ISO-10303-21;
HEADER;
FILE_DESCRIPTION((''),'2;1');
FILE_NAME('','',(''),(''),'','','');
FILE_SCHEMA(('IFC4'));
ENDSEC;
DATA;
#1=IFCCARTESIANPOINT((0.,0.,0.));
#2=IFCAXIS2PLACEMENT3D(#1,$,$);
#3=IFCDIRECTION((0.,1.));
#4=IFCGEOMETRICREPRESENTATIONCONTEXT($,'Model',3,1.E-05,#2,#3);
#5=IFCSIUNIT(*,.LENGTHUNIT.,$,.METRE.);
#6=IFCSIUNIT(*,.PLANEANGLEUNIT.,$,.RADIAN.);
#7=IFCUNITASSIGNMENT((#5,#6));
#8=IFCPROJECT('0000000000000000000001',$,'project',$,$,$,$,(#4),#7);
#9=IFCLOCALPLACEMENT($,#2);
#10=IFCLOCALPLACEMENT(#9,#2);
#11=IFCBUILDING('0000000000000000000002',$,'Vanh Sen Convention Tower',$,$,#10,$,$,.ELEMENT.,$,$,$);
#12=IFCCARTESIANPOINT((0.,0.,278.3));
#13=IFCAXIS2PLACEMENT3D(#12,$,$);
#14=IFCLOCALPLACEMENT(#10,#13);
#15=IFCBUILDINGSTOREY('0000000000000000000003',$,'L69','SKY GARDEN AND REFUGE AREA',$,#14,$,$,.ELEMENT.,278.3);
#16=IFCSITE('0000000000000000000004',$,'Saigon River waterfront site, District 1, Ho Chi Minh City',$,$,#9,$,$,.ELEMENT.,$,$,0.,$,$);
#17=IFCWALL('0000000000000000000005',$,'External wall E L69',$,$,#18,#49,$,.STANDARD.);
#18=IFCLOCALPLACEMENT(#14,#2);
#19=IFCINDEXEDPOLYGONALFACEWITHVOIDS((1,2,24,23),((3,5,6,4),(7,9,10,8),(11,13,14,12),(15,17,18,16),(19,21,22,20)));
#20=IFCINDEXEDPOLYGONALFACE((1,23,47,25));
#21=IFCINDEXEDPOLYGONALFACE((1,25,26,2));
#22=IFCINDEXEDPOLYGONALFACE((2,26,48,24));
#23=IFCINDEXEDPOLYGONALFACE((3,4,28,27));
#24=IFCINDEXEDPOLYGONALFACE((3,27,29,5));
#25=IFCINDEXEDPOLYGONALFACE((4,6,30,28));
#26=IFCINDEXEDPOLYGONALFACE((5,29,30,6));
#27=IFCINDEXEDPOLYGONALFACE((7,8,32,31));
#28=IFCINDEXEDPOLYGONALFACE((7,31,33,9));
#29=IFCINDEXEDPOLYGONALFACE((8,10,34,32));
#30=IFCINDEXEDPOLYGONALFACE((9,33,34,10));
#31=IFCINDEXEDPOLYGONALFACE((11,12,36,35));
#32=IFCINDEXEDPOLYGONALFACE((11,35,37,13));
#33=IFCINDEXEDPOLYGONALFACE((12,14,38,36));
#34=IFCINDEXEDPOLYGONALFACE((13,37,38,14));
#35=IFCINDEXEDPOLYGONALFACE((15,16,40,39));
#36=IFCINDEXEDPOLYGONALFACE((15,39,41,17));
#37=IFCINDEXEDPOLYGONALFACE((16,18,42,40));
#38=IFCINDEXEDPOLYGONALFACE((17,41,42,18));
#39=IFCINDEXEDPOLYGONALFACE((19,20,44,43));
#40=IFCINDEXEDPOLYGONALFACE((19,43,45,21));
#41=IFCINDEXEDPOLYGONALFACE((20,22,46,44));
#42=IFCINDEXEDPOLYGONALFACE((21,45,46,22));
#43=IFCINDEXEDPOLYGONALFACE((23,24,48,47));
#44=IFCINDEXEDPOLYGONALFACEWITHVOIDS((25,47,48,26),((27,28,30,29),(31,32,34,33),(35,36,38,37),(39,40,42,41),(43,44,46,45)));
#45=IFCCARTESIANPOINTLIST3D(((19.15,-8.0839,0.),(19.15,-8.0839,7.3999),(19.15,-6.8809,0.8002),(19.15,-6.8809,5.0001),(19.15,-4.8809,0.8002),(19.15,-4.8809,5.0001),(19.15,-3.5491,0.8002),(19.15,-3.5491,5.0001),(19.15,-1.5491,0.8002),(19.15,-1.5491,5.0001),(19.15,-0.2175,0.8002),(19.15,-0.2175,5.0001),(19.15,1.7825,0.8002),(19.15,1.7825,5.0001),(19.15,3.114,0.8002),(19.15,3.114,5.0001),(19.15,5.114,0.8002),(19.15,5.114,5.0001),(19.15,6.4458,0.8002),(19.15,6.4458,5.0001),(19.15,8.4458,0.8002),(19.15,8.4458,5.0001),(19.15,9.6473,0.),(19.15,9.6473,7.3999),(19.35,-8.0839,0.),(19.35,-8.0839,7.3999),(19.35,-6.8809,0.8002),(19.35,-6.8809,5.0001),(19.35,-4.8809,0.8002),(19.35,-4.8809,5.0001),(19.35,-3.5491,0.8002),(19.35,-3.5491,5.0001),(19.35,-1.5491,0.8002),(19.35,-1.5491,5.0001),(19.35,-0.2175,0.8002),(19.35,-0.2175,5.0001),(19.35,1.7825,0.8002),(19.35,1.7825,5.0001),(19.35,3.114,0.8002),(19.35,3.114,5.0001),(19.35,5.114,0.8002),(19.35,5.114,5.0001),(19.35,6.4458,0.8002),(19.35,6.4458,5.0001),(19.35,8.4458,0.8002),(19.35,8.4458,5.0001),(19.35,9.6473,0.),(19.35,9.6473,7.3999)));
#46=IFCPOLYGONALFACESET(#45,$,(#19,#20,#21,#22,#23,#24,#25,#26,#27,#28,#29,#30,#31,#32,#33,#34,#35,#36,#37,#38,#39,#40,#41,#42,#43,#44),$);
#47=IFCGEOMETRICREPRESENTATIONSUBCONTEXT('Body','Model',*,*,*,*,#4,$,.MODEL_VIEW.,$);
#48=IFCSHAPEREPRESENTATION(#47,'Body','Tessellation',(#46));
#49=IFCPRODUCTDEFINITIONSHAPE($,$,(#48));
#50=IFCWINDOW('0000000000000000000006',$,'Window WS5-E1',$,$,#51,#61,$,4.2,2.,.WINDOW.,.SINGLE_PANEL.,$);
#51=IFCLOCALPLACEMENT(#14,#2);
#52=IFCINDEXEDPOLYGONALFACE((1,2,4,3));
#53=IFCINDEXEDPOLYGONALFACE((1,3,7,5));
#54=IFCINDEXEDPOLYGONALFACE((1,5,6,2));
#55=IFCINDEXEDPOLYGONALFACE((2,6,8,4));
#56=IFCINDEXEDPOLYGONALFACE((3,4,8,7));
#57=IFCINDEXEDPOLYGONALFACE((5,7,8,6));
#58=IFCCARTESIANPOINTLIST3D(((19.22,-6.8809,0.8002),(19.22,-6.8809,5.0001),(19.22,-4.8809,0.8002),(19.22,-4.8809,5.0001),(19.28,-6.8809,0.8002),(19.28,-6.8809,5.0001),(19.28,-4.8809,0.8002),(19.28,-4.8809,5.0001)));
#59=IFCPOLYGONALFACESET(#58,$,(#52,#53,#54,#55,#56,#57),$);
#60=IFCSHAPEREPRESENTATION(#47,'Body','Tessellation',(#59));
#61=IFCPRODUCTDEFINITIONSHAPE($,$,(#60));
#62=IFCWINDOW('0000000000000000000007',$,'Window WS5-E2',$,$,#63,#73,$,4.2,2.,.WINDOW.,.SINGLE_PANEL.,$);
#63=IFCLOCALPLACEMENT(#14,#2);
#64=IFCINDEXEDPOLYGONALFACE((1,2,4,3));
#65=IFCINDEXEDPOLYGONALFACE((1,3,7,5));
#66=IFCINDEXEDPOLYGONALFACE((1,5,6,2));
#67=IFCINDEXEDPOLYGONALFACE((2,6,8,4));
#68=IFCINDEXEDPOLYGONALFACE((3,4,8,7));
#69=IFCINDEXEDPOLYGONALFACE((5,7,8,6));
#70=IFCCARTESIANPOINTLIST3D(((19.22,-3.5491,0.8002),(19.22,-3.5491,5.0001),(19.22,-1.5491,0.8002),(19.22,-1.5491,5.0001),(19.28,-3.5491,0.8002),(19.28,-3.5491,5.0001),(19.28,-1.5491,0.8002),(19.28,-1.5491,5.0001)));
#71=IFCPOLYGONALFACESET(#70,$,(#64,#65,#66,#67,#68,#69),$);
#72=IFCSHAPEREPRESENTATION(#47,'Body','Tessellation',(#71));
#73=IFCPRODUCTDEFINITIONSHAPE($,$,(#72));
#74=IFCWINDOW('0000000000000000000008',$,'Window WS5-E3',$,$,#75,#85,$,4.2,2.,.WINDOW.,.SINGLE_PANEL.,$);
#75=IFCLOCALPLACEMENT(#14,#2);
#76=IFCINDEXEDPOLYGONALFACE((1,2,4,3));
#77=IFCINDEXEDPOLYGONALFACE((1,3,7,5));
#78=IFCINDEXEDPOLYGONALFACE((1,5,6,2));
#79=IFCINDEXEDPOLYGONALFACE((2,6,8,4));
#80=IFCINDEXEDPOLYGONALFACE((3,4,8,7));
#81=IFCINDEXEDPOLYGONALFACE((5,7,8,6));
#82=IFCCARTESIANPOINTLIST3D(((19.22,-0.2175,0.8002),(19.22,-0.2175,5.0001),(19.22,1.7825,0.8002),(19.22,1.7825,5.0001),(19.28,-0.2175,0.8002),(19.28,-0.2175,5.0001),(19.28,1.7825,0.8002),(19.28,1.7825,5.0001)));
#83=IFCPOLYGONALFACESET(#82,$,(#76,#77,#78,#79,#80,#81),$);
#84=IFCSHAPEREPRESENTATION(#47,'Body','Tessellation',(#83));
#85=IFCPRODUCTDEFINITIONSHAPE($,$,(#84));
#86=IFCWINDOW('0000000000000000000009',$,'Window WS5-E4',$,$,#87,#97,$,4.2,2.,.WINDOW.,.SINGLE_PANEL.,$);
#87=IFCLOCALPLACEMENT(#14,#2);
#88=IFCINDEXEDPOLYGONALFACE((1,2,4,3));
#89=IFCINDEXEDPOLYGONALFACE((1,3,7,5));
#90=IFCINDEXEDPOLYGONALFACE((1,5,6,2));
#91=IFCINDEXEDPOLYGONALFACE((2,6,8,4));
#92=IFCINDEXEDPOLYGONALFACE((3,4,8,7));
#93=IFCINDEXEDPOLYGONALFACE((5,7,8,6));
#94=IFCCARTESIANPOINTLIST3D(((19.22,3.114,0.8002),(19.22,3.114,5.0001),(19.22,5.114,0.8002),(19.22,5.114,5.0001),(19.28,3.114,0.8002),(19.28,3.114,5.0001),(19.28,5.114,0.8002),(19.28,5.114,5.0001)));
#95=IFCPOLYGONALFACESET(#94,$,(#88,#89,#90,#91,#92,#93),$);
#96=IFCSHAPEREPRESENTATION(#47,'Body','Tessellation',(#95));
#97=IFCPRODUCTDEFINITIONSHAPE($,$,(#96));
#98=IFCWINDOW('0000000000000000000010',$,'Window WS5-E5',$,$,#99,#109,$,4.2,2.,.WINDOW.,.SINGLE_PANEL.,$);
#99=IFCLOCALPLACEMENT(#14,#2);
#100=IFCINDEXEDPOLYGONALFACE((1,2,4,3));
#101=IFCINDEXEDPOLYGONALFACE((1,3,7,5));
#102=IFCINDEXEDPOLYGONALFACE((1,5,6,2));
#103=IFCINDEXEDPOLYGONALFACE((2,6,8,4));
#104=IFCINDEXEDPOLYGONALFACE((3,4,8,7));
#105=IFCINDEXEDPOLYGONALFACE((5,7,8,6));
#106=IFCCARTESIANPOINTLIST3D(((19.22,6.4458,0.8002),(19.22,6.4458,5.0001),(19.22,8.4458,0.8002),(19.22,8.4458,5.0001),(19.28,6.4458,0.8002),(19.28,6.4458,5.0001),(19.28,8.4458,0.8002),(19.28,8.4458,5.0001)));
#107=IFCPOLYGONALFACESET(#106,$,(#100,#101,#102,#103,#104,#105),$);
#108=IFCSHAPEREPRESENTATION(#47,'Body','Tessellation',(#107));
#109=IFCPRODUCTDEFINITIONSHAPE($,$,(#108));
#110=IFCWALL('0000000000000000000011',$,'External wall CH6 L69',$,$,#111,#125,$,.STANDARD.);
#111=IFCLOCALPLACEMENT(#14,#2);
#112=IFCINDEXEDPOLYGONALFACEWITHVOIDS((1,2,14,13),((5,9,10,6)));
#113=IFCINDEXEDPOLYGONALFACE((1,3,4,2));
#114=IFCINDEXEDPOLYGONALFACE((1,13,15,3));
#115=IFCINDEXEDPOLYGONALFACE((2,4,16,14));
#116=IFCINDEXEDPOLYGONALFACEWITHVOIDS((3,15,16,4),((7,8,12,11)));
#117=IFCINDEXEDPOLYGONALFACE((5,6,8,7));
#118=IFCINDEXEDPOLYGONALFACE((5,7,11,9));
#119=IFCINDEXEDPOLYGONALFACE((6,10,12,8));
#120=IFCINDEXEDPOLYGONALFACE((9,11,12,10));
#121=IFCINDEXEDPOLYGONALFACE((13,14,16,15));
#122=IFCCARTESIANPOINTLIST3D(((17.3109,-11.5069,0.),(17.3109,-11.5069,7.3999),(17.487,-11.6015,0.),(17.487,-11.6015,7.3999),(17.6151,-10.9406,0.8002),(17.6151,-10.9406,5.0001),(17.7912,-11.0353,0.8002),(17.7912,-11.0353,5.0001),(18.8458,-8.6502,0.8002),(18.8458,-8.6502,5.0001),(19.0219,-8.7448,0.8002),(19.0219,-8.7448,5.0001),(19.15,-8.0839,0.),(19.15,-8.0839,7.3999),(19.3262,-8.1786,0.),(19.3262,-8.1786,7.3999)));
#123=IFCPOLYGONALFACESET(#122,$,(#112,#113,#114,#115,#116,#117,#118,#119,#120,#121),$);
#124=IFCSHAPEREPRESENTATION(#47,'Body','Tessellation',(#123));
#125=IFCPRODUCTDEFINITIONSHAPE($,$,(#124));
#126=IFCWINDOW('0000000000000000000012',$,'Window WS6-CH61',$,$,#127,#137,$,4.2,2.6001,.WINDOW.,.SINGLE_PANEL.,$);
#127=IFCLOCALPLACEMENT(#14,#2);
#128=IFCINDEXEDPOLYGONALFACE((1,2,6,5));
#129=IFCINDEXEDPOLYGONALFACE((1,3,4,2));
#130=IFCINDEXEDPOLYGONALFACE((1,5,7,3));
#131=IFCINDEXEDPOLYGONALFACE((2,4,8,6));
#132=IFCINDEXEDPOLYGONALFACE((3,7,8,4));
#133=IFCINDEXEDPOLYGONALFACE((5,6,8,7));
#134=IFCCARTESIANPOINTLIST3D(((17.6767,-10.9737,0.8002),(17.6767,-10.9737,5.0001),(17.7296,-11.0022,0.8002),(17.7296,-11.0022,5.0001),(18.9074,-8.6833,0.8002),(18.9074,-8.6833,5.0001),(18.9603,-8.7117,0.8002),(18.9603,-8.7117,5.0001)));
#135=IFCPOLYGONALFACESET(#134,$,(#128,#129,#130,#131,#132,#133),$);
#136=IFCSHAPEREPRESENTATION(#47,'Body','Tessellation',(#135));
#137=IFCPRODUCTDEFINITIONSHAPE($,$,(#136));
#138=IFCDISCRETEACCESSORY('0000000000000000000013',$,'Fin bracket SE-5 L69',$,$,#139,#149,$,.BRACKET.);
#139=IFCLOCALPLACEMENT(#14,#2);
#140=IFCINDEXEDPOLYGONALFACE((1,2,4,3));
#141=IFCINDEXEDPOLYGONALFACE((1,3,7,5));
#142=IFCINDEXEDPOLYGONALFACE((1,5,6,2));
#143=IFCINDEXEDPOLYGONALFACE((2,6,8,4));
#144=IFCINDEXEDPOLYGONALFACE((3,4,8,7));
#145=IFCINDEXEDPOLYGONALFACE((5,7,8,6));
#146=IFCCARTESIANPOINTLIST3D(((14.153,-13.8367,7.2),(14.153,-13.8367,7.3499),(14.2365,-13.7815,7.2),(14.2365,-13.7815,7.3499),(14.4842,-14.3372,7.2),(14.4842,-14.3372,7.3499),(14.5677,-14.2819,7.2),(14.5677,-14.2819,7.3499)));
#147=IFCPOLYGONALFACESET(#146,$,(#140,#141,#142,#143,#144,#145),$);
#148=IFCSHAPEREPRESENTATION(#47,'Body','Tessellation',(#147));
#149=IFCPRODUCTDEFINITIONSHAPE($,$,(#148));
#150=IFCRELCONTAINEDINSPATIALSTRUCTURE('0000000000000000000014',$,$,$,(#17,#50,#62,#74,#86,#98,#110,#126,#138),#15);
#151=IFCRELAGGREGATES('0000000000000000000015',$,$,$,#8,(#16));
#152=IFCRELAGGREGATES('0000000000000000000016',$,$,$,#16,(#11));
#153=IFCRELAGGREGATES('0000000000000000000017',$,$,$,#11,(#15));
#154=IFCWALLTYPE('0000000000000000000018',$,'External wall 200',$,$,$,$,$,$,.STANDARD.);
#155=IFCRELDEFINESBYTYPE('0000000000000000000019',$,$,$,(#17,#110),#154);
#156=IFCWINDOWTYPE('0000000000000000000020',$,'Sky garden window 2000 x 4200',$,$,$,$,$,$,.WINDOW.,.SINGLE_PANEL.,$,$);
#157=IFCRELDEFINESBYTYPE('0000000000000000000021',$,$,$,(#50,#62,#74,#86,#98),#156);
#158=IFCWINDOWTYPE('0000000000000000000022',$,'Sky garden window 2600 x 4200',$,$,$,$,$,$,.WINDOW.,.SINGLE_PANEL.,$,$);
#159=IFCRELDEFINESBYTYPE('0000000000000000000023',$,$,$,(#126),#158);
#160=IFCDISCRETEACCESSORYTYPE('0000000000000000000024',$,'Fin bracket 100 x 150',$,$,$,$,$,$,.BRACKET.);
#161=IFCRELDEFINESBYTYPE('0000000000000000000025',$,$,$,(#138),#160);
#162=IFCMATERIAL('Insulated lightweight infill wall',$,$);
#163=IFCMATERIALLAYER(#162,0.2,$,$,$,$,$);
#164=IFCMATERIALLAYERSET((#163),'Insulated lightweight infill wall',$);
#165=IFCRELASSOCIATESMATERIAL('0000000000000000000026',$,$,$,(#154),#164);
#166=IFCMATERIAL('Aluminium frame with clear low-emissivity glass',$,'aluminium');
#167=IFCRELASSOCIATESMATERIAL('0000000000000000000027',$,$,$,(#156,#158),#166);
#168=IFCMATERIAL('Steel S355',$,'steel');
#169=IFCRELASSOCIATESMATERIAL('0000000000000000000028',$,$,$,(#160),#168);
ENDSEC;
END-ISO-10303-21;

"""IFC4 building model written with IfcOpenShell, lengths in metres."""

from ifc_helpers import new_model, si_unit, direction, frame, frame_2d, origin, origin_2d, place, context, subcontext, project, spatial, rectangle, extrude, material, layer, layer_set, type_object, element, fill, save


model = new_model("IFC4")

# Units and contexts
model_context = context("Model", 3, precision=1e-05, world=origin(), true_north=direction((0.0, 1.0)))
body_context = subcontext(model_context, "Body", "Model", "MODEL_VIEW")
ifc_project = project(units=[si_unit("LENGTHUNIT", "METRE"), si_unit("PLANEANGLEUNIT", "RADIAN")], contexts=[model_context])

# Site, building, storey
site_placement = place(None, origin())
site = spatial("IfcSite", under=ifc_project, at=site_placement, Name="Saigon River waterfront site, District 1, Ho Chi Minh City", CompositionType="ELEMENT", RefElevation=0.0)
building_placement = place(site_placement, origin())
building = spatial("IfcBuilding", under=site, at=building_placement, Name="Vanh Sen Convention Tower", CompositionType="ELEMENT")
storey_placement = place(building_placement, frame((0.0, 0.0, 278.3)))
storey = spatial("IfcBuildingStorey", under=building, at=storey_placement, Name="L69", Description="SKY GARDEN AND REFUGE AREA", CompositionType="ELEMENT", Elevation=278.3)

# Wall, openings, windows
ifc_material_1 = material(Name="Insulated lightweight infill wall")
ifc_layer_1 = layer(ifc_material_1, 0.2)
ifc_layer_set_1 = layer_set([ifc_layer_1], Name="Insulated lightweight infill wall")
wall_type = type_object("IfcWallType", Name="External wall 200", PredefinedType="STANDARD", material=ifc_layer_set_1)
wall_1_placement = place(storey_placement, frame((19.25, -8.084, 0.0), z_axis=(0.0, 0.0, 1.0), x_axis=(0.0, 1.0, 0.0)))
wall_1 = element("IfcWall", 1, at=wall_1_placement, inside=storey, type_object=wall_type, Name="External wall E L69", PredefinedType="STANDARD", context=body_context, shape_type="SweptSolid", body=[
    extrude(rectangle(XDim=17.7312, YDim=0.2, at=frame_2d((8.8657, 0.0))), origin(), (0.0, 0.0, 1.0), 7.3999),
])
opening_1_placement = place(wall_1_placement, frame((1.2031, 0.0, 0.8)))
opening_1 = element("IfcOpeningElement", 2, at=opening_1_placement, cuts=wall_1, PredefinedType="OPENING", context=body_context, shape_type="SweptSolid", body=[
    extrude(rectangle(XDim=2.0, YDim=4.2, at=frame_2d((1.0, 2.1001))), frame((0.0, 0.1099, 0.0), z_axis=(0.0, -1.0, 0.0), x_axis=(1.0, 0.0, 0.0)), (0.0, 0.0, 1.0), 0.22),
])
opening_2_placement = place(wall_1_placement, frame((4.5349, 0.0, 0.8)))
opening_2 = element("IfcOpeningElement", 3, at=opening_2_placement, cuts=wall_1, PredefinedType="OPENING", context=body_context, shape_type="SweptSolid", body=[
    extrude(rectangle(XDim=2.0, YDim=4.2, at=frame_2d((1.0, 2.1001))), frame((0.0, 0.1099, 0.0), z_axis=(0.0, -1.0, 0.0), x_axis=(1.0, 0.0, 0.0)), (0.0, 0.0, 1.0), 0.22),
])
opening_3_placement = place(wall_1_placement, frame((7.8665, 0.0, 0.8)))
opening_3 = element("IfcOpeningElement", 4, at=opening_3_placement, cuts=wall_1, PredefinedType="OPENING", context=body_context, shape_type="SweptSolid", body=[
    extrude(rectangle(XDim=2.0, YDim=4.2, at=frame_2d((1.0, 2.1001))), frame((0.0, 0.1099, 0.0), z_axis=(0.0, -1.0, 0.0), x_axis=(1.0, 0.0, 0.0)), (0.0, 0.0, 1.0), 0.22),
])
opening_4_placement = place(wall_1_placement, frame((11.198, 0.0, 0.8)))
opening_4 = element("IfcOpeningElement", 5, at=opening_4_placement, cuts=wall_1, PredefinedType="OPENING", context=body_context, shape_type="SweptSolid", body=[
    extrude(rectangle(XDim=2.0, YDim=4.2, at=frame_2d((1.0, 2.1001))), frame((0.0, 0.1099, 0.0), z_axis=(0.0, -1.0, 0.0), x_axis=(1.0, 0.0, 0.0)), (0.0, 0.0, 1.0), 0.22),
])
opening_5_placement = place(wall_1_placement, frame((14.5298, 0.0, 0.8)))
opening_5 = element("IfcOpeningElement", 6, at=opening_5_placement, cuts=wall_1, PredefinedType="OPENING", context=body_context, shape_type="SweptSolid", body=[
    extrude(rectangle(XDim=2.0, YDim=4.2, at=frame_2d((1.0, 2.1001))), frame((0.0, 0.1099, 0.0), z_axis=(0.0, -1.0, 0.0), x_axis=(1.0, 0.0, 0.0)), (0.0, 0.0, 1.0), 0.22),
])
ifc_material_2 = material(Name="Aluminium frame with clear low-emissivity glass", Category="aluminium")
window_type_1 = type_object("IfcWindowType", Name="Sky garden window 2000 x 4200", PartitioningType="SINGLE_PANEL", PredefinedType="WINDOW", material=ifc_material_2)
window_1_placement = place(opening_1_placement, origin())
window_1 = element("IfcWindow", 7, at=window_1_placement, inside=storey, type_object=window_type_1, Name="Window WS5-E1", OverallHeight=4.2, OverallWidth=2.0, PartitioningType="SINGLE_PANEL", PredefinedType="WINDOW", context=body_context, shape_type="SweptSolid", body=[
    extrude(rectangle(XDim=2.0, YDim=4.2, at=frame_2d((1.0, 2.1001))), frame((0.0, 0.03, 0.0), z_axis=(0.0, -1.0, 0.0), x_axis=(1.0, 0.0, 0.0)), (0.0, 0.0, 1.0), 0.0601),
])
fill(opening_1, window_1)
window_2_placement = place(opening_2_placement, origin())
window_2 = element("IfcWindow", 8, at=window_2_placement, inside=storey, type_object=window_type_1, Name="Window WS5-E2", OverallHeight=4.2, OverallWidth=2.0, PartitioningType="SINGLE_PANEL", PredefinedType="WINDOW", context=body_context, shape_type="SweptSolid", body=[
    extrude(rectangle(XDim=2.0, YDim=4.2, at=frame_2d((1.0, 2.1001))), frame((0.0, 0.03, 0.0), z_axis=(0.0, -1.0, 0.0), x_axis=(1.0, 0.0, 0.0)), (0.0, 0.0, 1.0), 0.0601),
])
fill(opening_2, window_2)
window_3_placement = place(opening_3_placement, origin())
window_3 = element("IfcWindow", 9, at=window_3_placement, inside=storey, type_object=window_type_1, Name="Window WS5-E3", OverallHeight=4.2, OverallWidth=2.0, PartitioningType="SINGLE_PANEL", PredefinedType="WINDOW", context=body_context, shape_type="SweptSolid", body=[
    extrude(rectangle(XDim=2.0, YDim=4.2, at=frame_2d((1.0, 2.1001))), frame((0.0, 0.03, 0.0), z_axis=(0.0, -1.0, 0.0), x_axis=(1.0, 0.0, 0.0)), (0.0, 0.0, 1.0), 0.0601),
])
fill(opening_3, window_3)
window_4_placement = place(opening_4_placement, origin())
window_4 = element("IfcWindow", 10, at=window_4_placement, inside=storey, type_object=window_type_1, Name="Window WS5-E4", OverallHeight=4.2, OverallWidth=2.0, PartitioningType="SINGLE_PANEL", PredefinedType="WINDOW", context=body_context, shape_type="SweptSolid", body=[
    extrude(rectangle(XDim=2.0, YDim=4.2, at=frame_2d((1.0, 2.1001))), frame((0.0, 0.03, 0.0), z_axis=(0.0, -1.0, 0.0), x_axis=(1.0, 0.0, 0.0)), (0.0, 0.0, 1.0), 0.0601),
])
fill(opening_4, window_4)
window_5_placement = place(opening_5_placement, origin())
window_5 = element("IfcWindow", 11, at=window_5_placement, inside=storey, type_object=window_type_1, Name="Window WS5-E5", OverallHeight=4.2, OverallWidth=2.0, PartitioningType="SINGLE_PANEL", PredefinedType="WINDOW", context=body_context, shape_type="SweptSolid", body=[
    extrude(rectangle(XDim=2.0, YDim=4.2, at=frame_2d((1.0, 2.1001))), frame((0.0, 0.03, 0.0), z_axis=(0.0, -1.0, 0.0), x_axis=(1.0, 0.0, 0.0)), (0.0, 0.0, 1.0), 0.0601),
])
fill(opening_5, window_5)

# Wall, opening, window
wall_2_placement = place(storey_placement, frame((17.3989, -11.5542, 0.0), z_axis=(0.0, 0.0, 1.0), x_axis=(0.473309, 0.880896, 0.0)))
wall_2 = element("IfcWall", 12, at=wall_2_placement, inside=storey, type_object=wall_type, Name="External wall CH6 L69", PredefinedType="STANDARD", context=body_context, shape_type="SweptSolid", body=[
    extrude(rectangle(XDim=3.8857, YDim=0.2, at=frame_2d((1.9429, 0.0))), origin(), (0.0, 0.0, 1.0), 7.3999),
])
opening_6_placement = place(wall_2_placement, frame((0.6428, 0.0, 0.8)))
opening_6 = element("IfcOpeningElement", 13, at=opening_6_placement, cuts=wall_2, PredefinedType="OPENING", context=body_context, shape_type="SweptSolid", body=[
    extrude(rectangle(XDim=2.6001, YDim=4.2, at=frame_2d((1.3, 2.1001))), frame((0.0, 0.1099, 0.0), z_axis=(0.0, -1.0, 0.0), x_axis=(1.0, 0.0, 0.0)), (0.0, 0.0, 1.0), 0.22),
])
window_type_2 = type_object("IfcWindowType", Name="Sky garden window 2600 x 4200", PartitioningType="SINGLE_PANEL", PredefinedType="WINDOW", material=ifc_material_2)
window_6_placement = place(opening_6_placement, origin())
window_6 = element("IfcWindow", 14, at=window_6_placement, inside=storey, type_object=window_type_2, Name="Window WS6-CH61", OverallHeight=4.2, OverallWidth=2.6001, PartitioningType="SINGLE_PANEL", PredefinedType="WINDOW", context=body_context, shape_type="SweptSolid", body=[
    extrude(rectangle(XDim=2.6001, YDim=4.2, at=frame_2d((1.3, 2.1001))), frame((0.0, 0.03, 0.0), z_axis=(0.0, -1.0, 0.0), x_axis=(1.0, 0.0, 0.0)), (0.0, 0.0, 1.0), 0.0601),
])
fill(opening_6, window_6)

# Discrete accessory
ifc_material_3 = material(Name="Steel S355", Category="steel")
discrete_accessory_type = type_object("IfcDiscreteAccessoryType", Name="Fin bracket 100 x 150", PredefinedType="BRACKET", material=ifc_material_3)
discrete_accessory_placement = place(storey_placement, frame((14.3604, -14.0593, 7.2), z_axis=(0.0, 0.0, 1.0), x_axis=(0.551937, -0.833886, 0.0)))
element("IfcDiscreteAccessory", 15, at=discrete_accessory_placement, inside=storey, type_object=discrete_accessory_type, Name="Fin bracket SE-5 L69", PredefinedType="BRACKET", context=body_context, shape_type="SweptSolid", body=[
    extrude(rectangle(XDim=0.6001, YDim=0.1001, at=origin_2d()), origin(), (0.0, 0.0, 1.0), 0.1499),
])

save(model, "model.ifc")
